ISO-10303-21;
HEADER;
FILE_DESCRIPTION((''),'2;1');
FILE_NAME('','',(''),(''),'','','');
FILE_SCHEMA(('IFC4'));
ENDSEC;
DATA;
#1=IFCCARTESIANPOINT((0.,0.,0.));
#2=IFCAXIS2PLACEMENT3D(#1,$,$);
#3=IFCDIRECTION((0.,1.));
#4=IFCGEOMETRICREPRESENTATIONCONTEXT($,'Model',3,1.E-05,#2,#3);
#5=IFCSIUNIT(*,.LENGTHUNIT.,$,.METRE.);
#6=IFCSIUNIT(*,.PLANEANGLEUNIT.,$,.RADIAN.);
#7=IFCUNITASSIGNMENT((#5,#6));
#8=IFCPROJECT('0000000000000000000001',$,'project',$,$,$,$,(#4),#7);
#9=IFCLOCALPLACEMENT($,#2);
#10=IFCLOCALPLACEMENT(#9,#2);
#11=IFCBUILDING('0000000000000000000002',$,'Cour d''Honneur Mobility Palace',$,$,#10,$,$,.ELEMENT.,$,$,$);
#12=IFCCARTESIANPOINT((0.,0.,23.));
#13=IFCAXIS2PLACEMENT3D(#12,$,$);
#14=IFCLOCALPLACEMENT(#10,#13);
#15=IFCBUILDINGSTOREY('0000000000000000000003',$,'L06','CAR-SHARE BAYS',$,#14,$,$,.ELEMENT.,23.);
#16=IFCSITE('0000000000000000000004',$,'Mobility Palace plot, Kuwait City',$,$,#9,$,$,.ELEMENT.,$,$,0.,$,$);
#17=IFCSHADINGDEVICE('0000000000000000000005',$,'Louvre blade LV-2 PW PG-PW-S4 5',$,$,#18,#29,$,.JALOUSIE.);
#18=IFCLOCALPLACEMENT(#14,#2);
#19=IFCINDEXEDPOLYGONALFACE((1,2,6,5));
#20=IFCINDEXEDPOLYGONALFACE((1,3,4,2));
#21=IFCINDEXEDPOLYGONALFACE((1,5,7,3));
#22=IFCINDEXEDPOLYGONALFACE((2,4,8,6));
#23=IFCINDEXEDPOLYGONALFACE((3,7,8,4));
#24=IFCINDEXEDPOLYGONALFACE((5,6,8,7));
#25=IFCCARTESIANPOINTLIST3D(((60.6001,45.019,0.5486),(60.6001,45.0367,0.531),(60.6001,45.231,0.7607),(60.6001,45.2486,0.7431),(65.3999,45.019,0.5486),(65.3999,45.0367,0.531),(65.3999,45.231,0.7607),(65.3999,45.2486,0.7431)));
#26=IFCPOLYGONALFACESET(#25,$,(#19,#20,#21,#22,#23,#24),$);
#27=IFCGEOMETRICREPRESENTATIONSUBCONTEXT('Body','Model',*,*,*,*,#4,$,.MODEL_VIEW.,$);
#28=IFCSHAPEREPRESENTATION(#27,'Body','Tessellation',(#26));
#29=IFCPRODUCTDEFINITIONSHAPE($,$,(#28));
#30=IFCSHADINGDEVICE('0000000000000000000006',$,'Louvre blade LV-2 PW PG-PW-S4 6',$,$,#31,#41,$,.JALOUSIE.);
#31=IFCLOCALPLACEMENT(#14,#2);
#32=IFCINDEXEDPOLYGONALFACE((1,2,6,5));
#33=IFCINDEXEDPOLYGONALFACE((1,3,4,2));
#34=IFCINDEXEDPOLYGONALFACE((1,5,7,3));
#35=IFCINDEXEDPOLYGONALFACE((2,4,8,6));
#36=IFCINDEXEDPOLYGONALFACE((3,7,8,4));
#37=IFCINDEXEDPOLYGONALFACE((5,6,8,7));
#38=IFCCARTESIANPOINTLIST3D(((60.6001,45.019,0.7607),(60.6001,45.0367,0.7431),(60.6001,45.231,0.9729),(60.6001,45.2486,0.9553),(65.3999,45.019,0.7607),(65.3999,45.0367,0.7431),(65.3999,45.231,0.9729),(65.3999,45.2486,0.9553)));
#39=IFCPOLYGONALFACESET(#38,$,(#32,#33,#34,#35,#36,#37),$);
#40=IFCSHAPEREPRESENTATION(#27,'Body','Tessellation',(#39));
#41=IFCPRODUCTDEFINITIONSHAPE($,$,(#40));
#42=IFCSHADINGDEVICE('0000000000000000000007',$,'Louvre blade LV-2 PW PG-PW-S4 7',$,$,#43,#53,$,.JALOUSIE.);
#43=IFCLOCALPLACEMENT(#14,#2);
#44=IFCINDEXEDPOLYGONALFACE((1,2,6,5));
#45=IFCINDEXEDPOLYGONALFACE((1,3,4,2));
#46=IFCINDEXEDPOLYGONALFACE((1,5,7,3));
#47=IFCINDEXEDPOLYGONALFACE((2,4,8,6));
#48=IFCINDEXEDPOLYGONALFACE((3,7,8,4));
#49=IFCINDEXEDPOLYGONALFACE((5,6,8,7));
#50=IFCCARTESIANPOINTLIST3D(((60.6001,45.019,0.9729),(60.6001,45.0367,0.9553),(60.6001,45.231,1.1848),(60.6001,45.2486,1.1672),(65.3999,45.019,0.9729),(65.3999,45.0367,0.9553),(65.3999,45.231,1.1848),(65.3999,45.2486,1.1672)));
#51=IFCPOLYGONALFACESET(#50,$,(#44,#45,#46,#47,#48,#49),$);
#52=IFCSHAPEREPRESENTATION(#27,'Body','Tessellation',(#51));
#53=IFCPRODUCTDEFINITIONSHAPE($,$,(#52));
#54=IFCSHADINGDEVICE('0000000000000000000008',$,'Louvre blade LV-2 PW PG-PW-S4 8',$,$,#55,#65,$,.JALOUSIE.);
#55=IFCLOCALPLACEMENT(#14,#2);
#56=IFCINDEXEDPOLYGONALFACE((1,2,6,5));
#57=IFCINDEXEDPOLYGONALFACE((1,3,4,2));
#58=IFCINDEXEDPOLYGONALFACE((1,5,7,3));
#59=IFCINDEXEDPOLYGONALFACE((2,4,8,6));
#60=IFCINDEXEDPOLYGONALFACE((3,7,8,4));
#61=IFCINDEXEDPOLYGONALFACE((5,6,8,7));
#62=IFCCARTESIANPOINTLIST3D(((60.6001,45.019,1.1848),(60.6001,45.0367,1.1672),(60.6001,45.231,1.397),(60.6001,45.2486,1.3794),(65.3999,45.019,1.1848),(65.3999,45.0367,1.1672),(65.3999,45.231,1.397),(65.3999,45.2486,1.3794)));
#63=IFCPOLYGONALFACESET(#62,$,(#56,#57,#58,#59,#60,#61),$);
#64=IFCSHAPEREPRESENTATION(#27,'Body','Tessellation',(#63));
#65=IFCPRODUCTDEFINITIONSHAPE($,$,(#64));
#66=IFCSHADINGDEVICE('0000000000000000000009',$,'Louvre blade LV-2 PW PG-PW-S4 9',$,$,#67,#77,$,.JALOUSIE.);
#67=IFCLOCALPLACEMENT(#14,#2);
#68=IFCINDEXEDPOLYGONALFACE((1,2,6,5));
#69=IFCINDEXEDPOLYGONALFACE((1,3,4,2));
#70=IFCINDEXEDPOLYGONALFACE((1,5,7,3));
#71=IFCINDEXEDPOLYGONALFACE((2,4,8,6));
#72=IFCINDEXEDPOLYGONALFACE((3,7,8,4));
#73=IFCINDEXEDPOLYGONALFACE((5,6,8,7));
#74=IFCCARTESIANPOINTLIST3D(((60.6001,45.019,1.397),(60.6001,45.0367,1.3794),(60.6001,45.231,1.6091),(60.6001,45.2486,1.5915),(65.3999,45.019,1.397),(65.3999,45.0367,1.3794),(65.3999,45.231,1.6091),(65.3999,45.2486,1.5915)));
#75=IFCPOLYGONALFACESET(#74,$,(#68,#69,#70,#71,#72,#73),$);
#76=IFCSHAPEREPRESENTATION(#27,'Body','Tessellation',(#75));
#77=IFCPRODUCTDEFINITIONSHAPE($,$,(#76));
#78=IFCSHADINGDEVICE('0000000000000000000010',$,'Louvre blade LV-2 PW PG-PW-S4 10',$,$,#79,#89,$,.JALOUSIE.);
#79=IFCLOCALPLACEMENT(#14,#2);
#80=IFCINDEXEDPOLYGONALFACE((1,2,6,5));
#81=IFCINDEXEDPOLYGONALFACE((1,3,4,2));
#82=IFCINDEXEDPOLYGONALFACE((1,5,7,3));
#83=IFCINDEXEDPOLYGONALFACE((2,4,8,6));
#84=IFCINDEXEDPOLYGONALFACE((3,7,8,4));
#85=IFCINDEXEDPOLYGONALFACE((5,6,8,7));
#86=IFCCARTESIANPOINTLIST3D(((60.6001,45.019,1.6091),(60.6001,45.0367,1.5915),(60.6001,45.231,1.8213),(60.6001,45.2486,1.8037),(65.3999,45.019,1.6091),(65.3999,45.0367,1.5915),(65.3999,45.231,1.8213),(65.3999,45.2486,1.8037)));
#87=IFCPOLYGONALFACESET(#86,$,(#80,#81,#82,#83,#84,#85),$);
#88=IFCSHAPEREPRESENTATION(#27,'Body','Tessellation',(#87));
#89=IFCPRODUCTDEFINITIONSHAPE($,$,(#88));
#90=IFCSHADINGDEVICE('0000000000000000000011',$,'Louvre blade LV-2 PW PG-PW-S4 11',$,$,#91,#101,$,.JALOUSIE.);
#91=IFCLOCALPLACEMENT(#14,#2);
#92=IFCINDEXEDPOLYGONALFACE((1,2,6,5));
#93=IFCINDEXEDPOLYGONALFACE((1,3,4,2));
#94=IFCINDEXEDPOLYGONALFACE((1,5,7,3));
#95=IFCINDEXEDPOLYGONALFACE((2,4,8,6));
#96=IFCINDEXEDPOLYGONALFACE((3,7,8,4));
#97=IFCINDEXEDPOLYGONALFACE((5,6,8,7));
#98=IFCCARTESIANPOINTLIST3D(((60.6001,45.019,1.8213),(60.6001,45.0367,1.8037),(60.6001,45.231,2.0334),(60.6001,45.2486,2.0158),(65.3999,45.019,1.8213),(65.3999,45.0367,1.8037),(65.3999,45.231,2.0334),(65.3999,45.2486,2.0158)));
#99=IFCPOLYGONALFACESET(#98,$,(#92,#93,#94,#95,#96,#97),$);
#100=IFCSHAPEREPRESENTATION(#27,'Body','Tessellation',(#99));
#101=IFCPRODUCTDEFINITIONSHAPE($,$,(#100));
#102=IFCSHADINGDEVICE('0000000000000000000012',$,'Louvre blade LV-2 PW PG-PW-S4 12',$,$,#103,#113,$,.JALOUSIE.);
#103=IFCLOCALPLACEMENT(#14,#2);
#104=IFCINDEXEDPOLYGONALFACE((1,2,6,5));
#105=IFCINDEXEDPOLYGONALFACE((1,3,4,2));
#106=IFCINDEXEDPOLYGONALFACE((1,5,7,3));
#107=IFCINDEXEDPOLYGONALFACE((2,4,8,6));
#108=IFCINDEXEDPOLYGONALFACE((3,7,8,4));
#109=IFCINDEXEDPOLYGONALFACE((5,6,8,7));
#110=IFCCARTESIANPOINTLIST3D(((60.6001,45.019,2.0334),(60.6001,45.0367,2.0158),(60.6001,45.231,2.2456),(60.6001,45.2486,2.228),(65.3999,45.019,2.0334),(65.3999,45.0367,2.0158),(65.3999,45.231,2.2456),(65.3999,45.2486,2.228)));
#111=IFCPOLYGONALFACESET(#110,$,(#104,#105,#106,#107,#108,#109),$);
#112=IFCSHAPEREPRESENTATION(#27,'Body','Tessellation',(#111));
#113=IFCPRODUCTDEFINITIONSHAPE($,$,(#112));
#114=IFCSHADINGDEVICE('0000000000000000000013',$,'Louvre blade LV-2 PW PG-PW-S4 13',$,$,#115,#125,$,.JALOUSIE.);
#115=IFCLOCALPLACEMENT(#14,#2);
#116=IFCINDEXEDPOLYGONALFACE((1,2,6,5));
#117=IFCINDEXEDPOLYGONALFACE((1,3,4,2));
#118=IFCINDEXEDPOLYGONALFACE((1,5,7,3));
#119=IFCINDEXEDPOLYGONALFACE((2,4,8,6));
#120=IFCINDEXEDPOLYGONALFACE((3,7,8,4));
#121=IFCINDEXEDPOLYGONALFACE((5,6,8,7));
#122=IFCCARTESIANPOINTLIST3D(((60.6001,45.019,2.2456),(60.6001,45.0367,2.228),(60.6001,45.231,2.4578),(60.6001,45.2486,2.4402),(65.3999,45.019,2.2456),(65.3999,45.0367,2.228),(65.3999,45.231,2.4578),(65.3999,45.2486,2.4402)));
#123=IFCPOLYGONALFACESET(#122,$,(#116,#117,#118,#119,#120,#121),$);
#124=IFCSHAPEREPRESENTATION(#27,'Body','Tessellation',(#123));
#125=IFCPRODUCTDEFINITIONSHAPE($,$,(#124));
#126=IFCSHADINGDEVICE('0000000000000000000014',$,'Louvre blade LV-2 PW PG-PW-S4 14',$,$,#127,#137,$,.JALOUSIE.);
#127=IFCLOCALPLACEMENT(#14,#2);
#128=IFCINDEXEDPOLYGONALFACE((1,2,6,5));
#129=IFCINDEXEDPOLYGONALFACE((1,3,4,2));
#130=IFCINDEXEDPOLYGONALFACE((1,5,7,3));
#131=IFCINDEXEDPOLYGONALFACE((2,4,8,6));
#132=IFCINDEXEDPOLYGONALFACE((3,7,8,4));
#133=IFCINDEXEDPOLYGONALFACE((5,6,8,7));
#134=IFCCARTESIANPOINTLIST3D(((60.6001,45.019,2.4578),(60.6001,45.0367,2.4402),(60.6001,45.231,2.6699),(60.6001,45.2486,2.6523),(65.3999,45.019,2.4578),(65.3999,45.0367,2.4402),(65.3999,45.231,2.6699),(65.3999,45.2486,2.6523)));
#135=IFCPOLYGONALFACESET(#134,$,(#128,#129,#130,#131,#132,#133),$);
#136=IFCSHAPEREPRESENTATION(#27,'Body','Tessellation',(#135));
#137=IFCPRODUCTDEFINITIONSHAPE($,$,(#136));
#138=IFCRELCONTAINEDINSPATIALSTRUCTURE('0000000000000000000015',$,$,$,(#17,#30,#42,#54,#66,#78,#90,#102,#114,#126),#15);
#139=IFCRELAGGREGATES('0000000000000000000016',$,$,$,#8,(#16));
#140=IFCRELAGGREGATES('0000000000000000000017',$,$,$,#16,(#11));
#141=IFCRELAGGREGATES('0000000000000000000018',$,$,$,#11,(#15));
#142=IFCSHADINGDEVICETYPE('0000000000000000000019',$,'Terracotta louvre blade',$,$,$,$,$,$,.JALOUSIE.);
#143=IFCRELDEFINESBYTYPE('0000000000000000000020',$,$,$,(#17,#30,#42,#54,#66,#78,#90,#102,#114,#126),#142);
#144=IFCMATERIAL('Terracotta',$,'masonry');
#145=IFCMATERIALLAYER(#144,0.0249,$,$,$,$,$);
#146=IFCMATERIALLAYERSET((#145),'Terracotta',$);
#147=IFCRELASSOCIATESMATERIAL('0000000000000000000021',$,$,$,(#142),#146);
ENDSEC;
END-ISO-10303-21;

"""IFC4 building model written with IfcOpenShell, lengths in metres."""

from ifc_helpers import new_model, si_unit, direction, frame, origin, place, context, subcontext, project, spatial, polyline, outline, extrude, material, layer, layer_set, type_object, element, save


model = new_model("IFC4")

# Units and contexts
model_context = context("Model", 3, precision=1e-05, world=origin(), true_north=direction((0.0, 1.0)))
body_context = subcontext(model_context, "Body", "Model", "MODEL_VIEW")
ifc_project = project(units=[si_unit("LENGTHUNIT", "METRE"), si_unit("PLANEANGLEUNIT", "RADIAN")], contexts=[model_context])

# Site, building, storey
site_placement = place(None, origin())
site = spatial("IfcSite", under=ifc_project, at=site_placement, Name="Mobility Palace plot, Kuwait City", CompositionType="ELEMENT", RefElevation=0.0)
building_placement = place(site_placement, origin())
building = spatial("IfcBuilding", under=site, at=building_placement, Name="Cour d'Honneur Mobility Palace", CompositionType="ELEMENT")
storey_placement = place(building_placement, frame((0.0, 0.0, 23.0)))
storey = spatial("IfcBuildingStorey", under=building, at=storey_placement, Name="L06", Description="CAR-SHARE BAYS", CompositionType="ELEMENT", Elevation=23.0)

# Shading devices
ifc_material_1 = material(Name="Terracotta", Category="masonry")
ifc_layer = layer(ifc_material_1, 0.0249)
ifc_layer_set = layer_set([ifc_layer], Name="Terracotta")
shading_device_type = type_object("IfcShadingDeviceType", Name="Terracotta louvre blade", PredefinedType="JALOUSIE", material=ifc_layer_set)
for number, where, z_axis, x_axis, name in (
    (1, (60.6001, 45.019, 0.5486), (0.0, -0.707514, 0.7067), (1.0, 0.0, 0.0), "Louvre blade LV-2 PW PG-PW-S4 5"),
    (2, (60.6001, 45.019, 0.7607), (0.0, -0.707514, 0.7067), (1.0, 0.0, 0.0), "Louvre blade LV-2 PW PG-PW-S4 6"),
):
    element("IfcShadingDevice", number, at=place(storey_placement, frame(where, z_axis=z_axis, x_axis=x_axis)), inside=storey, type_object=shading_device_type, Name=name, PredefinedType="JALOUSIE", context=body_context, shape_type="SweptSolid", body=[
        extrude(outline(polyline([(0.0, 0.0), (4.7998, 0.0), (4.7998, 0.2999), (0.0, 0.2999), (0.0, 0.0)])), origin(), (0.0, 0.0, -1.0), 0.0249),
    ])
shading_device_1_placement = place(storey_placement, frame((60.6001, 45.019, 0.9729), z_axis=(0.0, -0.707107, 0.707107), x_axis=(1.0, 0.0, 0.0)))
element("IfcShadingDevice", 3, at=shading_device_1_placement, inside=storey, type_object=shading_device_type, Name="Louvre blade LV-2 PW PG-PW-S4 7", PredefinedType="JALOUSIE", context=body_context, shape_type="SweptSolid", body=[
    extrude(outline(polyline([(0.0, 0.0), (4.7998, 0.0), (4.7998, 0.2997), (0.0, 0.2997), (0.0, 0.0)])), origin(), (0.0, 0.0, -1.0), 0.0249),
])
for number, where, z_axis, x_axis, name in (
    (4, (60.6001, 45.019, 1.1848), (0.0, -0.707514, 0.7067), (1.0, 0.0, 0.0), "Louvre blade LV-2 PW PG-PW-S4 8"),
    (5, (60.6001, 45.019, 1.397), (0.0, -0.707514, 0.7067), (1.0, 0.0, 0.0), "Louvre blade LV-2 PW PG-PW-S4 9"),
    (6, (60.6001, 45.019, 1.6091), (0.0, -0.707514, 0.7067), (1.0, 0.0, 0.0), "Louvre blade LV-2 PW PG-PW-S4 10"),
    (7, (60.6001, 45.019, 1.8213), (0.0, -0.707514, 0.7067), (1.0, 0.0, 0.0), "Louvre blade LV-2 PW PG-PW-S4 11"),
    (8, (60.6001, 45.019, 2.0334), (0.0, -0.707514, 0.7067), (1.0, 0.0, 0.0), "Louvre blade LV-2 PW PG-PW-S4 12"),
    (9, (60.6001, 45.019, 2.2456), (0.0, -0.707514, 0.7067), (1.0, 0.0, 0.0), "Louvre blade LV-2 PW PG-PW-S4 13"),
    (10, (60.6001, 45.019, 2.4578), (0.0, -0.707514, 0.7067), (1.0, 0.0, 0.0), "Louvre blade LV-2 PW PG-PW-S4 14"),
):
    element("IfcShadingDevice", number, at=place(storey_placement, frame(where, z_axis=z_axis, x_axis=x_axis)), inside=storey, type_object=shading_device_type, Name=name, PredefinedType="JALOUSIE", context=body_context, shape_type="SweptSolid", body=[
        extrude(outline(polyline([(0.0, 0.0), (4.7998, 0.0), (4.7998, 0.2999), (0.0, 0.2999), (0.0, 0.0)])), origin(), (0.0, 0.0, -1.0), 0.0249),
    ])

save(model, "model.ifc")
